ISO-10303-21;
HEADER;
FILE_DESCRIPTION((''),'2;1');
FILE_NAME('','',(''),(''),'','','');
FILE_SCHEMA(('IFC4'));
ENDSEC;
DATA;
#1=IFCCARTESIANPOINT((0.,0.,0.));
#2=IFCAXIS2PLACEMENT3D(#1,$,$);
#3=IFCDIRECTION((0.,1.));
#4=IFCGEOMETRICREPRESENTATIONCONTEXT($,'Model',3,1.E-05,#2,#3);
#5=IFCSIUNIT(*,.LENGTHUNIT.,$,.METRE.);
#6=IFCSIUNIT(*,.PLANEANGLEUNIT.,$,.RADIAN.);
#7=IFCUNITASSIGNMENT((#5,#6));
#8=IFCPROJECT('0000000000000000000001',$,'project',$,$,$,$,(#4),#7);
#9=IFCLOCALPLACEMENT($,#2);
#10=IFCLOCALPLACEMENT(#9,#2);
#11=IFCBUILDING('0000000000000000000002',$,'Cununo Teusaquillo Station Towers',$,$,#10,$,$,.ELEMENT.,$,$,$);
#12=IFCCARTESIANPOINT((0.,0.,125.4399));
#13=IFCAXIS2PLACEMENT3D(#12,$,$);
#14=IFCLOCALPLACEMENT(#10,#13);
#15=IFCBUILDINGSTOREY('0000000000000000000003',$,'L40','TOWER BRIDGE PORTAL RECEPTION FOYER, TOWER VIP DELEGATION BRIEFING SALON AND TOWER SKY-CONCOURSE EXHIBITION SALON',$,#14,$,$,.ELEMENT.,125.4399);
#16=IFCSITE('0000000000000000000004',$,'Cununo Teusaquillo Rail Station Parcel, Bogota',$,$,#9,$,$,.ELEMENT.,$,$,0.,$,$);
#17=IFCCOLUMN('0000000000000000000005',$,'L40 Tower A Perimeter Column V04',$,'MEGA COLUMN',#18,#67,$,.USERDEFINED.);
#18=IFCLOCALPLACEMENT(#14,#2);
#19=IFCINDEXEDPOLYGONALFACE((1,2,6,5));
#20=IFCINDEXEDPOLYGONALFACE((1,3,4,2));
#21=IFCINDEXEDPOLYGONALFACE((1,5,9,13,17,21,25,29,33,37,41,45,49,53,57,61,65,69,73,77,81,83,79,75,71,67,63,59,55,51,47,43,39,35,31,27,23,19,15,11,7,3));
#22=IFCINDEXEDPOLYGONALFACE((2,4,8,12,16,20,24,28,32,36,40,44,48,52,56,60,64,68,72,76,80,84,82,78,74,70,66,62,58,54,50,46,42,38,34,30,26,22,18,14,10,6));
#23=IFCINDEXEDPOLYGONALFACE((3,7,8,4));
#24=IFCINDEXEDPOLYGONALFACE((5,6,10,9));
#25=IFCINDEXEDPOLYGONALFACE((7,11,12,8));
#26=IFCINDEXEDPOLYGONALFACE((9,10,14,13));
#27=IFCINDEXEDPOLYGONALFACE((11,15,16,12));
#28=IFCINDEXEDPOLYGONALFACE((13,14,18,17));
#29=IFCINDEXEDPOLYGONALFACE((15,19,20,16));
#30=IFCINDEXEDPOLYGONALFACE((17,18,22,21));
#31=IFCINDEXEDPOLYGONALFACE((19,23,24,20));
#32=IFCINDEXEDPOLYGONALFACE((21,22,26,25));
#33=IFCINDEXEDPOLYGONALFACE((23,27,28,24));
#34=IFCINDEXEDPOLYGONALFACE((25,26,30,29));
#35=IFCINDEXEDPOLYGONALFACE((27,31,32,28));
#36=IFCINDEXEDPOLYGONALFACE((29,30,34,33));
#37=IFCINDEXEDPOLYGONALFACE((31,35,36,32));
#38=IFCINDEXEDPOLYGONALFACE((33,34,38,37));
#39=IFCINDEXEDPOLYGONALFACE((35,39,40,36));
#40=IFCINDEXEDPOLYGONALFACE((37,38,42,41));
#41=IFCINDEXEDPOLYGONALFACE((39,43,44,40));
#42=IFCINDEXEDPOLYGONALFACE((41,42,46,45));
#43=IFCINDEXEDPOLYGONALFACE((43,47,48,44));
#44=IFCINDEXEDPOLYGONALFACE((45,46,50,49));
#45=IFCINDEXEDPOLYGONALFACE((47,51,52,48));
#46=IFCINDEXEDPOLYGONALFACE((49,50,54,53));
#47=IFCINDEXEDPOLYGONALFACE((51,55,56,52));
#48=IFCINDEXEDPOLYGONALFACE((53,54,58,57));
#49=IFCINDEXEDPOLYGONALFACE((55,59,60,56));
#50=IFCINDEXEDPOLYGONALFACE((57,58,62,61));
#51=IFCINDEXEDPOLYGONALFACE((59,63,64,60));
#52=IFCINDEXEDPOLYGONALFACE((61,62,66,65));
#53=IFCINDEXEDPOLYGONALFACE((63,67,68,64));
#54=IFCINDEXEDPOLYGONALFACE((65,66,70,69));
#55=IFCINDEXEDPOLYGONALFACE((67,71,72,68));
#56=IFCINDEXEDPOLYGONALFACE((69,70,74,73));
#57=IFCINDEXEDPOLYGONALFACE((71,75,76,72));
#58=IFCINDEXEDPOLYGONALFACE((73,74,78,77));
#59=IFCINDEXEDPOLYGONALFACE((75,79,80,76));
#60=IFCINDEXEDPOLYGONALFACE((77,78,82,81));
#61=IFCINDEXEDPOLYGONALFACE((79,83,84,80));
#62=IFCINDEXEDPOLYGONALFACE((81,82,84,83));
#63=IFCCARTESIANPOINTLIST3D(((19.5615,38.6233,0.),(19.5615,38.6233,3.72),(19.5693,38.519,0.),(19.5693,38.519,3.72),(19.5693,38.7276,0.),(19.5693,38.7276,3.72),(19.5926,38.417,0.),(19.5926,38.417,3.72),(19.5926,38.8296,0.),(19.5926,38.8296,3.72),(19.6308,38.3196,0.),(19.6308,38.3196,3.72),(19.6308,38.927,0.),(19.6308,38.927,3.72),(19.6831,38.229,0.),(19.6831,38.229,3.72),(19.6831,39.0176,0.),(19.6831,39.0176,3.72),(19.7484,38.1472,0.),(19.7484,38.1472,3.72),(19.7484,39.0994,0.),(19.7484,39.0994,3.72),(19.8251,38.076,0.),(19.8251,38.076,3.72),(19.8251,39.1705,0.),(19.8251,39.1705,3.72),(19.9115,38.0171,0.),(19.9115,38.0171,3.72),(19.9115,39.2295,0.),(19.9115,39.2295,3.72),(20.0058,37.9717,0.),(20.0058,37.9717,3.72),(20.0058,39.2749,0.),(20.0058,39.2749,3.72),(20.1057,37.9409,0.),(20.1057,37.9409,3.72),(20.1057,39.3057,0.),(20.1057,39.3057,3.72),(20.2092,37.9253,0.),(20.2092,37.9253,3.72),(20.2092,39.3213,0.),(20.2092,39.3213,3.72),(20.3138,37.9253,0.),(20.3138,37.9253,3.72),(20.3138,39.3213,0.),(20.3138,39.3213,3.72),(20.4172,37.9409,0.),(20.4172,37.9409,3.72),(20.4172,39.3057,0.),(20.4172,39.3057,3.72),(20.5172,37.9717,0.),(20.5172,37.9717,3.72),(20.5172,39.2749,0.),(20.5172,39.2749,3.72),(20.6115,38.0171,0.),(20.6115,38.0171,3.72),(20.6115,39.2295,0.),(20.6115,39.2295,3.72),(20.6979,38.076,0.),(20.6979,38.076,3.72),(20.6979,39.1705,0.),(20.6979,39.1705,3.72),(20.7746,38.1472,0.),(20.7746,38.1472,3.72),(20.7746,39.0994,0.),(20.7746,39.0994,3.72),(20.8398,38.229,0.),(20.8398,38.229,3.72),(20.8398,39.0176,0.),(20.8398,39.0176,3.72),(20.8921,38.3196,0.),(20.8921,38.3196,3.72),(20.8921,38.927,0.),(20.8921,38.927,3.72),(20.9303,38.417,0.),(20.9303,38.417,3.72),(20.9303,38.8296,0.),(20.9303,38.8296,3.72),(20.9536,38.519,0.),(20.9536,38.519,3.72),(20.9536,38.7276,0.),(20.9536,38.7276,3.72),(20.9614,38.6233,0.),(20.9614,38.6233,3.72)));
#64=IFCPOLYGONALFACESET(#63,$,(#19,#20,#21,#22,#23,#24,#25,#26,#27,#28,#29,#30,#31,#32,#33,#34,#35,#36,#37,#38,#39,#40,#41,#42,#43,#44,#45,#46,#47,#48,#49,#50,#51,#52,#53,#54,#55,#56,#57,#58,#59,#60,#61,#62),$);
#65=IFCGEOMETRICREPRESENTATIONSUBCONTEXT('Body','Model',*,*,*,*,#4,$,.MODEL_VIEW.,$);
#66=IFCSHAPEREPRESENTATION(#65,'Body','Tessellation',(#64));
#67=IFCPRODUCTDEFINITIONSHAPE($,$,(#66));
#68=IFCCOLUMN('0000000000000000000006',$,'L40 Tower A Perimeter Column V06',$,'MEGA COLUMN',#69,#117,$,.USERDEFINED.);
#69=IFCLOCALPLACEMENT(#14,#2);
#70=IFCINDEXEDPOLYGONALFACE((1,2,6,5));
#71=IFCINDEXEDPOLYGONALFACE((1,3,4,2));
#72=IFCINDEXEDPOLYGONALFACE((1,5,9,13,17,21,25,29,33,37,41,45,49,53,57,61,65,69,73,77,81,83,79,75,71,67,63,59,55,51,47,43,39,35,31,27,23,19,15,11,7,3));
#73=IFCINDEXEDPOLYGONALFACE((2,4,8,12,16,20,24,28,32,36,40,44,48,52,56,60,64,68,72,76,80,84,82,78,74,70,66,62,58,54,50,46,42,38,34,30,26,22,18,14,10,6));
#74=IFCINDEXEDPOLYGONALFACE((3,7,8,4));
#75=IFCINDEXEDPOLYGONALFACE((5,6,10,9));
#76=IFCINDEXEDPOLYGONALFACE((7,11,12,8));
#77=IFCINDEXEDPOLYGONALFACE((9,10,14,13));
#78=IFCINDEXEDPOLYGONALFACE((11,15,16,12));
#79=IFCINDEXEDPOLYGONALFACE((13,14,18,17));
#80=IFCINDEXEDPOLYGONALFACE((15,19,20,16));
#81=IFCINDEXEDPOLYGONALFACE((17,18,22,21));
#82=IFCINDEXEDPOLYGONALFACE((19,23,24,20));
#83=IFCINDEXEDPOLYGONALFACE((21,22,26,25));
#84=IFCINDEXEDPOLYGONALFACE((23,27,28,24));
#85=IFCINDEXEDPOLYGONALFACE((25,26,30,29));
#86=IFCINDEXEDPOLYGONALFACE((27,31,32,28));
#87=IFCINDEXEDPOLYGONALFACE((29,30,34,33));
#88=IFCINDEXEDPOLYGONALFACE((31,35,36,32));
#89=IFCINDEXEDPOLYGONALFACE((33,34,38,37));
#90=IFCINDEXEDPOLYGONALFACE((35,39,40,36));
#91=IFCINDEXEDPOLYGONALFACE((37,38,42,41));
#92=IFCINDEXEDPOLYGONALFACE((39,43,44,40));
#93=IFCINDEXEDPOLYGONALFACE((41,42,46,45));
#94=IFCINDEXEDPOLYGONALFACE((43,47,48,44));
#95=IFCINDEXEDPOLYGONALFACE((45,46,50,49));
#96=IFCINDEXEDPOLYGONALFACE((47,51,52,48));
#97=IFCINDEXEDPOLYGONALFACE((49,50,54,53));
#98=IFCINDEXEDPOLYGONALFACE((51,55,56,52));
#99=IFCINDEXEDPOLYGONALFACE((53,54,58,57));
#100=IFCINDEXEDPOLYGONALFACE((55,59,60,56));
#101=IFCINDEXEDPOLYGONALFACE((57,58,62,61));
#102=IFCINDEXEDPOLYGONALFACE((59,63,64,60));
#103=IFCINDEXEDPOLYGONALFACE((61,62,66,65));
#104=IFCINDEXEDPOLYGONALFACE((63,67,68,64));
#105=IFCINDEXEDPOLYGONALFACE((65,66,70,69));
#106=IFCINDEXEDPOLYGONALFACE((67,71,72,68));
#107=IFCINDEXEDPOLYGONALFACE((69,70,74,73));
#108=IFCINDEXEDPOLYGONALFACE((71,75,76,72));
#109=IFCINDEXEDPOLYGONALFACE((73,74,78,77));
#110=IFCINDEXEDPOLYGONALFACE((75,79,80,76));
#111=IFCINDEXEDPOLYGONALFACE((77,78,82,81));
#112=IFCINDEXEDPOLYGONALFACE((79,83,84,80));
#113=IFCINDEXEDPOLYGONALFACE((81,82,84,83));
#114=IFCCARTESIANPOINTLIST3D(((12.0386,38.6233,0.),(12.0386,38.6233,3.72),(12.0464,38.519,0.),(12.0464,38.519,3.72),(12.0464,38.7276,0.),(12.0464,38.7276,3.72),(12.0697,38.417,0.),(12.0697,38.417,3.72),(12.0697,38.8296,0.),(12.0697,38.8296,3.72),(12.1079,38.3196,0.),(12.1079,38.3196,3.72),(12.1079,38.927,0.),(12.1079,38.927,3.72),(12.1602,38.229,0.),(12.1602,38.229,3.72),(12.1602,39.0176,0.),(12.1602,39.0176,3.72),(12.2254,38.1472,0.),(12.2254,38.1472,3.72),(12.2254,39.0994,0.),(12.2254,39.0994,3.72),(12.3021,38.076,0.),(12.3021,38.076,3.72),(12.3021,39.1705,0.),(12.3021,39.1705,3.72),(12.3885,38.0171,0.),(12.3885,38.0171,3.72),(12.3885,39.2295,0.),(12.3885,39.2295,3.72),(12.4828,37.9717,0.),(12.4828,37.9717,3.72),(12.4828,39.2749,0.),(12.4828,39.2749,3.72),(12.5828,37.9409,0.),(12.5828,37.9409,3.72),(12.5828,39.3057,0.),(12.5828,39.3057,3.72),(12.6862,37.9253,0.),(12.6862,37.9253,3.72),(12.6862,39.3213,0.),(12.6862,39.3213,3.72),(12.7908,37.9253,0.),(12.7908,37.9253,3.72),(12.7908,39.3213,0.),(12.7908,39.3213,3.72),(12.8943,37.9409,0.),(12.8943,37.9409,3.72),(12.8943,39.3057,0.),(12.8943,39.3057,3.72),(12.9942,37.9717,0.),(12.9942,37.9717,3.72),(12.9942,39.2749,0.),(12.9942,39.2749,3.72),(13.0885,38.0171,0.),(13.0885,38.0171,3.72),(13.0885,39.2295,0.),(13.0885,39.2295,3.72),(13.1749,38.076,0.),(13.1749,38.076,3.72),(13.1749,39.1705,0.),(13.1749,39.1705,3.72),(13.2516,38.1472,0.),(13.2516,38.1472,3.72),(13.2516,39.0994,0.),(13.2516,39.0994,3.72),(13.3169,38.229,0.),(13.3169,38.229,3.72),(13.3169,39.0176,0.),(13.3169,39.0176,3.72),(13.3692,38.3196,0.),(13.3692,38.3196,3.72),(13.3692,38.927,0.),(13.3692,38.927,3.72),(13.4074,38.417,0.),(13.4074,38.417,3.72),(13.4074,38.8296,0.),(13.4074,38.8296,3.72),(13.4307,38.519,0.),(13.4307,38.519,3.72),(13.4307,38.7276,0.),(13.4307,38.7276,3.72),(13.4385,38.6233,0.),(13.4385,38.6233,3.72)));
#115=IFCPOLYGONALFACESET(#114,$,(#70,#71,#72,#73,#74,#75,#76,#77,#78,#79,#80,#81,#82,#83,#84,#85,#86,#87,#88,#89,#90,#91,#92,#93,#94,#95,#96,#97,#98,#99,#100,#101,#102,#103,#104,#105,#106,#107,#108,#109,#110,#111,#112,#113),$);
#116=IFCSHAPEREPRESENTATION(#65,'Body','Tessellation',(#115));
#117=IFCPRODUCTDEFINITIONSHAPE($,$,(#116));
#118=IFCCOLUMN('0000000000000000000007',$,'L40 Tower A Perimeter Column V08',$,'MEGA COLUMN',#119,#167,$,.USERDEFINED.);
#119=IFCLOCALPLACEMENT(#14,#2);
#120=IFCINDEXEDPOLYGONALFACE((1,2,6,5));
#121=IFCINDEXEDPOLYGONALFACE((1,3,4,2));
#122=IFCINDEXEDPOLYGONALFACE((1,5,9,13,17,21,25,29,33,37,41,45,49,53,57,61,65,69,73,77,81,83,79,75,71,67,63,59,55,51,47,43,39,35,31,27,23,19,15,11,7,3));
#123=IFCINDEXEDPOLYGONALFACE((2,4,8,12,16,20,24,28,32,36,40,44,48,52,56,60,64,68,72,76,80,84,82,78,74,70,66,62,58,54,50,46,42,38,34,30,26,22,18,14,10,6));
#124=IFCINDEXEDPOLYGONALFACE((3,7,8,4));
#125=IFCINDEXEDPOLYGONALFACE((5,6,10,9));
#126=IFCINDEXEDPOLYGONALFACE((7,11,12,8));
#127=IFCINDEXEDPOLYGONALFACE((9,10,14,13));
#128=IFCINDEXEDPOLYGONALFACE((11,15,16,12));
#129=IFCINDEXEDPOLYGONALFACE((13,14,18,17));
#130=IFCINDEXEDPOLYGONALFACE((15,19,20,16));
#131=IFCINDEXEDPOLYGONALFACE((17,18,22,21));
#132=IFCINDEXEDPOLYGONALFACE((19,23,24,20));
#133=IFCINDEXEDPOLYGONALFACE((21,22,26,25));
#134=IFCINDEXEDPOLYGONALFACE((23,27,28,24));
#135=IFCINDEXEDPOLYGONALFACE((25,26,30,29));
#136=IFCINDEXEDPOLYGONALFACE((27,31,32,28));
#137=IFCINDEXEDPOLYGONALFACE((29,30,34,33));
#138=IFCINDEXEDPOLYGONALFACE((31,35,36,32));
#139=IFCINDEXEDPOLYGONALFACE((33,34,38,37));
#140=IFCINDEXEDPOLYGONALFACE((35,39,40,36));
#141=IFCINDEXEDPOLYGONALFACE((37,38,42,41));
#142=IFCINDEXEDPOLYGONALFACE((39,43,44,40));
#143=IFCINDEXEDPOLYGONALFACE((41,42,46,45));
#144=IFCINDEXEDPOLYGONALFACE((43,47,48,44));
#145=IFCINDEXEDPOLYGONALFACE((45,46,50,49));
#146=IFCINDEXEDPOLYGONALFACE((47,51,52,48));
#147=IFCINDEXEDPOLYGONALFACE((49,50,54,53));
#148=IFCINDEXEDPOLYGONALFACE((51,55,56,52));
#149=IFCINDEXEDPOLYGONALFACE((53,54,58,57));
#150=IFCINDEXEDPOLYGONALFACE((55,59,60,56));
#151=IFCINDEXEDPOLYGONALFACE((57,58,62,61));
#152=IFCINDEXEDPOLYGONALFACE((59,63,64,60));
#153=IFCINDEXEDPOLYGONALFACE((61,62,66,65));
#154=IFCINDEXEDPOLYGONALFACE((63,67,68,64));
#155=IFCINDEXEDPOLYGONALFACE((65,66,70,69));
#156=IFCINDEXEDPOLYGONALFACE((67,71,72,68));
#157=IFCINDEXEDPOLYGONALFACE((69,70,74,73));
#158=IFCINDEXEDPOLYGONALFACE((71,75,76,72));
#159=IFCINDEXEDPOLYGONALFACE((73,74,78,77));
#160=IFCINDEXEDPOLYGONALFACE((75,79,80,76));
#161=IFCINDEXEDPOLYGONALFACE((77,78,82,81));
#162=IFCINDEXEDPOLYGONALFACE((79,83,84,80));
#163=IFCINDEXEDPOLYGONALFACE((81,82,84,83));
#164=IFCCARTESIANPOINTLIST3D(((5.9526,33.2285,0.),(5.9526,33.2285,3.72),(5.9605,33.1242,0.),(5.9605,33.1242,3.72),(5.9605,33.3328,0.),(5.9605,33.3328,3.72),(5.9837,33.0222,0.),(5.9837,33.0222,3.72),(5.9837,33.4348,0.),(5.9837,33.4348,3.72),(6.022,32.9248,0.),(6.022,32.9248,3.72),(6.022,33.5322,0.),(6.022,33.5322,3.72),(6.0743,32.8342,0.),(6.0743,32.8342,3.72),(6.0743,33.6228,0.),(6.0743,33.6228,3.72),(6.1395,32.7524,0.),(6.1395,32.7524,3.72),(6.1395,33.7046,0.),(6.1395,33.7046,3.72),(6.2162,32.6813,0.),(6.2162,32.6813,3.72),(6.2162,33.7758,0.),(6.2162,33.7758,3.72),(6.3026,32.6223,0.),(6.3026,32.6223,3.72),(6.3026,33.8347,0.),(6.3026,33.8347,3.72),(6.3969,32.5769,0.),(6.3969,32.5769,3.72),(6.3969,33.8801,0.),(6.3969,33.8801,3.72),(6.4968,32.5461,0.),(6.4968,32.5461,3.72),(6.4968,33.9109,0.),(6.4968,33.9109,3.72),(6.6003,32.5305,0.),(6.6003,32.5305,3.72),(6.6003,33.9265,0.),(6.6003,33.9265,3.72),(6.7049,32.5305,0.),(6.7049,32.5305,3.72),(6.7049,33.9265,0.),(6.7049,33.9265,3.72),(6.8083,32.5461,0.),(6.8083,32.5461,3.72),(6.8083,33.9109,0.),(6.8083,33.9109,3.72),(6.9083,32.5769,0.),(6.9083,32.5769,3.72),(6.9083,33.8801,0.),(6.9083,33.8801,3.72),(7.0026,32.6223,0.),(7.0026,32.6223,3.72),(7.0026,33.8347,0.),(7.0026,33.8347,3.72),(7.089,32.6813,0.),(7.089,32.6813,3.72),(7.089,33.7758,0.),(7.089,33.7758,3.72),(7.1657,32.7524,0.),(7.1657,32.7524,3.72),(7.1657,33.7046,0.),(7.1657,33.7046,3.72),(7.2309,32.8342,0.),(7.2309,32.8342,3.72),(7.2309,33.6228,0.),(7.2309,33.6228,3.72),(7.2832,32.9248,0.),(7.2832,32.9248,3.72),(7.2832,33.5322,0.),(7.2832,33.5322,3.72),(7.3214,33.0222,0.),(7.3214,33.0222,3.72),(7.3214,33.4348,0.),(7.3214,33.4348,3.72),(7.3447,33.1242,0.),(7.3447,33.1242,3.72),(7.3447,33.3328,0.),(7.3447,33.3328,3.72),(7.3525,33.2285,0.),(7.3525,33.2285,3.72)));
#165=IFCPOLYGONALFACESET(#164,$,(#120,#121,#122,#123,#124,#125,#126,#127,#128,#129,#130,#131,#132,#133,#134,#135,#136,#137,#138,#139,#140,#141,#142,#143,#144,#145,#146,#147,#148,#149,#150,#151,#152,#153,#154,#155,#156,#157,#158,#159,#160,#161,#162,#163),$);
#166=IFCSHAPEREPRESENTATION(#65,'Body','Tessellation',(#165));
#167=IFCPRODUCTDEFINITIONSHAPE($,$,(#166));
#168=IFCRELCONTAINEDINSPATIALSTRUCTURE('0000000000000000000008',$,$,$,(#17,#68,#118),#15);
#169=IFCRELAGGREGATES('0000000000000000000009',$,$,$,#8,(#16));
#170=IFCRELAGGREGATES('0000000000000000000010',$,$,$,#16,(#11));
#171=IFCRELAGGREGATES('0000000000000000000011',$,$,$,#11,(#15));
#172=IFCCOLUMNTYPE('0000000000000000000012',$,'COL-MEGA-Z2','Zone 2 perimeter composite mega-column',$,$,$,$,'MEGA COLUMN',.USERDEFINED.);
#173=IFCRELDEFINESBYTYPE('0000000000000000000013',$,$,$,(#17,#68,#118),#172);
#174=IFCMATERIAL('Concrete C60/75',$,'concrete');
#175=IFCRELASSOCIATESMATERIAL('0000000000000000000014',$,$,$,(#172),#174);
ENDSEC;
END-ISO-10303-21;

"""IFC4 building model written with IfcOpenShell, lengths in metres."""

from ifc_helpers import new_model, si_unit, direction, frame, origin, origin_2d, place, context, subcontext, project, spatial, circle, extrude, material, material_profile, profile_set, type_object, element, save


model = new_model("IFC4")

# Units and contexts
model_context = context("Model", 3, precision=1e-05, world=origin(), true_north=direction((0.0, 1.0)))
body_context = subcontext(model_context, "Body", "Model", "MODEL_VIEW")
ifc_project = project(units=[si_unit("LENGTHUNIT", "METRE"), si_unit("PLANEANGLEUNIT", "RADIAN")], contexts=[model_context])

# Site, building, storey
site_placement = place(None, origin())
site = spatial("IfcSite", under=ifc_project, at=site_placement, Name="Cununo Teusaquillo Rail Station Parcel, Bogota", CompositionType="ELEMENT", RefElevation=0.0)
building_placement = place(site_placement, origin())
building = spatial("IfcBuilding", under=site, at=building_placement, Name="Cununo Teusaquillo Station Towers", CompositionType="ELEMENT")
storey_placement = place(building_placement, frame((0.0, 0.0, 125.4399)))
storey = spatial("IfcBuildingStorey", under=building, at=storey_placement, Name="L40", Description="TOWER BRIDGE PORTAL RECEPTION FOYER, TOWER VIP DELEGATION BRIEFING SALON AND TOWER SKY-CONCOURSE EXHIBITION SALON", CompositionType="ELEMENT", Elevation=125.4399)

# Columns
ifc_material_1 = material(Name="Concrete C60/75", Category="concrete")
ifc_material_profile_1 = material_profile(ifc_material_1, circle(Radius=0.7, at=origin_2d()), Name="RC-CIRC-1400")
ifc_profile_set_1 = profile_set([ifc_material_profile_1], Name="Concrete C60/75")
column_type = type_object("IfcColumnType", Name="COL-MEGA-Z2", Description="Zone 2 perimeter composite mega-column", ElementType="MEGA COLUMN", PredefinedType="USERDEFINED", material=ifc_profile_set_1)
for number, where, z_axis, x_axis, name in (
    (1, (20.2615, 38.6233, 0.0), (0.0, 0.0, 1.0), (1.0, 0.0, 0.0), "L40 Tower A Perimeter Column V04"),
    (2, (12.7385, 38.6233, 0.0), (0.0, 0.0, 1.0), (1.0, 0.0, 0.0), "L40 Tower A Perimeter Column V06"),
    (3, (6.6526, 33.2285, 0.0), (0.0, 0.0, 1.0), (1.0, 0.0, 0.0), "L40 Tower A Perimeter Column V08"),
):
    element("IfcColumn", number, at=place(storey_placement, frame(where, z_axis=z_axis, x_axis=x_axis)), inside=storey, type_object=column_type, Name=name, ObjectType="MEGA COLUMN", PredefinedType="USERDEFINED", context=body_context, shape_type="SweptSolid", body=[
        extrude(circle(Radius=0.7, at=origin_2d()), origin(), (0.0, 0.0, 1.0), 3.72),
    ])

save(model, "model.ifc")
